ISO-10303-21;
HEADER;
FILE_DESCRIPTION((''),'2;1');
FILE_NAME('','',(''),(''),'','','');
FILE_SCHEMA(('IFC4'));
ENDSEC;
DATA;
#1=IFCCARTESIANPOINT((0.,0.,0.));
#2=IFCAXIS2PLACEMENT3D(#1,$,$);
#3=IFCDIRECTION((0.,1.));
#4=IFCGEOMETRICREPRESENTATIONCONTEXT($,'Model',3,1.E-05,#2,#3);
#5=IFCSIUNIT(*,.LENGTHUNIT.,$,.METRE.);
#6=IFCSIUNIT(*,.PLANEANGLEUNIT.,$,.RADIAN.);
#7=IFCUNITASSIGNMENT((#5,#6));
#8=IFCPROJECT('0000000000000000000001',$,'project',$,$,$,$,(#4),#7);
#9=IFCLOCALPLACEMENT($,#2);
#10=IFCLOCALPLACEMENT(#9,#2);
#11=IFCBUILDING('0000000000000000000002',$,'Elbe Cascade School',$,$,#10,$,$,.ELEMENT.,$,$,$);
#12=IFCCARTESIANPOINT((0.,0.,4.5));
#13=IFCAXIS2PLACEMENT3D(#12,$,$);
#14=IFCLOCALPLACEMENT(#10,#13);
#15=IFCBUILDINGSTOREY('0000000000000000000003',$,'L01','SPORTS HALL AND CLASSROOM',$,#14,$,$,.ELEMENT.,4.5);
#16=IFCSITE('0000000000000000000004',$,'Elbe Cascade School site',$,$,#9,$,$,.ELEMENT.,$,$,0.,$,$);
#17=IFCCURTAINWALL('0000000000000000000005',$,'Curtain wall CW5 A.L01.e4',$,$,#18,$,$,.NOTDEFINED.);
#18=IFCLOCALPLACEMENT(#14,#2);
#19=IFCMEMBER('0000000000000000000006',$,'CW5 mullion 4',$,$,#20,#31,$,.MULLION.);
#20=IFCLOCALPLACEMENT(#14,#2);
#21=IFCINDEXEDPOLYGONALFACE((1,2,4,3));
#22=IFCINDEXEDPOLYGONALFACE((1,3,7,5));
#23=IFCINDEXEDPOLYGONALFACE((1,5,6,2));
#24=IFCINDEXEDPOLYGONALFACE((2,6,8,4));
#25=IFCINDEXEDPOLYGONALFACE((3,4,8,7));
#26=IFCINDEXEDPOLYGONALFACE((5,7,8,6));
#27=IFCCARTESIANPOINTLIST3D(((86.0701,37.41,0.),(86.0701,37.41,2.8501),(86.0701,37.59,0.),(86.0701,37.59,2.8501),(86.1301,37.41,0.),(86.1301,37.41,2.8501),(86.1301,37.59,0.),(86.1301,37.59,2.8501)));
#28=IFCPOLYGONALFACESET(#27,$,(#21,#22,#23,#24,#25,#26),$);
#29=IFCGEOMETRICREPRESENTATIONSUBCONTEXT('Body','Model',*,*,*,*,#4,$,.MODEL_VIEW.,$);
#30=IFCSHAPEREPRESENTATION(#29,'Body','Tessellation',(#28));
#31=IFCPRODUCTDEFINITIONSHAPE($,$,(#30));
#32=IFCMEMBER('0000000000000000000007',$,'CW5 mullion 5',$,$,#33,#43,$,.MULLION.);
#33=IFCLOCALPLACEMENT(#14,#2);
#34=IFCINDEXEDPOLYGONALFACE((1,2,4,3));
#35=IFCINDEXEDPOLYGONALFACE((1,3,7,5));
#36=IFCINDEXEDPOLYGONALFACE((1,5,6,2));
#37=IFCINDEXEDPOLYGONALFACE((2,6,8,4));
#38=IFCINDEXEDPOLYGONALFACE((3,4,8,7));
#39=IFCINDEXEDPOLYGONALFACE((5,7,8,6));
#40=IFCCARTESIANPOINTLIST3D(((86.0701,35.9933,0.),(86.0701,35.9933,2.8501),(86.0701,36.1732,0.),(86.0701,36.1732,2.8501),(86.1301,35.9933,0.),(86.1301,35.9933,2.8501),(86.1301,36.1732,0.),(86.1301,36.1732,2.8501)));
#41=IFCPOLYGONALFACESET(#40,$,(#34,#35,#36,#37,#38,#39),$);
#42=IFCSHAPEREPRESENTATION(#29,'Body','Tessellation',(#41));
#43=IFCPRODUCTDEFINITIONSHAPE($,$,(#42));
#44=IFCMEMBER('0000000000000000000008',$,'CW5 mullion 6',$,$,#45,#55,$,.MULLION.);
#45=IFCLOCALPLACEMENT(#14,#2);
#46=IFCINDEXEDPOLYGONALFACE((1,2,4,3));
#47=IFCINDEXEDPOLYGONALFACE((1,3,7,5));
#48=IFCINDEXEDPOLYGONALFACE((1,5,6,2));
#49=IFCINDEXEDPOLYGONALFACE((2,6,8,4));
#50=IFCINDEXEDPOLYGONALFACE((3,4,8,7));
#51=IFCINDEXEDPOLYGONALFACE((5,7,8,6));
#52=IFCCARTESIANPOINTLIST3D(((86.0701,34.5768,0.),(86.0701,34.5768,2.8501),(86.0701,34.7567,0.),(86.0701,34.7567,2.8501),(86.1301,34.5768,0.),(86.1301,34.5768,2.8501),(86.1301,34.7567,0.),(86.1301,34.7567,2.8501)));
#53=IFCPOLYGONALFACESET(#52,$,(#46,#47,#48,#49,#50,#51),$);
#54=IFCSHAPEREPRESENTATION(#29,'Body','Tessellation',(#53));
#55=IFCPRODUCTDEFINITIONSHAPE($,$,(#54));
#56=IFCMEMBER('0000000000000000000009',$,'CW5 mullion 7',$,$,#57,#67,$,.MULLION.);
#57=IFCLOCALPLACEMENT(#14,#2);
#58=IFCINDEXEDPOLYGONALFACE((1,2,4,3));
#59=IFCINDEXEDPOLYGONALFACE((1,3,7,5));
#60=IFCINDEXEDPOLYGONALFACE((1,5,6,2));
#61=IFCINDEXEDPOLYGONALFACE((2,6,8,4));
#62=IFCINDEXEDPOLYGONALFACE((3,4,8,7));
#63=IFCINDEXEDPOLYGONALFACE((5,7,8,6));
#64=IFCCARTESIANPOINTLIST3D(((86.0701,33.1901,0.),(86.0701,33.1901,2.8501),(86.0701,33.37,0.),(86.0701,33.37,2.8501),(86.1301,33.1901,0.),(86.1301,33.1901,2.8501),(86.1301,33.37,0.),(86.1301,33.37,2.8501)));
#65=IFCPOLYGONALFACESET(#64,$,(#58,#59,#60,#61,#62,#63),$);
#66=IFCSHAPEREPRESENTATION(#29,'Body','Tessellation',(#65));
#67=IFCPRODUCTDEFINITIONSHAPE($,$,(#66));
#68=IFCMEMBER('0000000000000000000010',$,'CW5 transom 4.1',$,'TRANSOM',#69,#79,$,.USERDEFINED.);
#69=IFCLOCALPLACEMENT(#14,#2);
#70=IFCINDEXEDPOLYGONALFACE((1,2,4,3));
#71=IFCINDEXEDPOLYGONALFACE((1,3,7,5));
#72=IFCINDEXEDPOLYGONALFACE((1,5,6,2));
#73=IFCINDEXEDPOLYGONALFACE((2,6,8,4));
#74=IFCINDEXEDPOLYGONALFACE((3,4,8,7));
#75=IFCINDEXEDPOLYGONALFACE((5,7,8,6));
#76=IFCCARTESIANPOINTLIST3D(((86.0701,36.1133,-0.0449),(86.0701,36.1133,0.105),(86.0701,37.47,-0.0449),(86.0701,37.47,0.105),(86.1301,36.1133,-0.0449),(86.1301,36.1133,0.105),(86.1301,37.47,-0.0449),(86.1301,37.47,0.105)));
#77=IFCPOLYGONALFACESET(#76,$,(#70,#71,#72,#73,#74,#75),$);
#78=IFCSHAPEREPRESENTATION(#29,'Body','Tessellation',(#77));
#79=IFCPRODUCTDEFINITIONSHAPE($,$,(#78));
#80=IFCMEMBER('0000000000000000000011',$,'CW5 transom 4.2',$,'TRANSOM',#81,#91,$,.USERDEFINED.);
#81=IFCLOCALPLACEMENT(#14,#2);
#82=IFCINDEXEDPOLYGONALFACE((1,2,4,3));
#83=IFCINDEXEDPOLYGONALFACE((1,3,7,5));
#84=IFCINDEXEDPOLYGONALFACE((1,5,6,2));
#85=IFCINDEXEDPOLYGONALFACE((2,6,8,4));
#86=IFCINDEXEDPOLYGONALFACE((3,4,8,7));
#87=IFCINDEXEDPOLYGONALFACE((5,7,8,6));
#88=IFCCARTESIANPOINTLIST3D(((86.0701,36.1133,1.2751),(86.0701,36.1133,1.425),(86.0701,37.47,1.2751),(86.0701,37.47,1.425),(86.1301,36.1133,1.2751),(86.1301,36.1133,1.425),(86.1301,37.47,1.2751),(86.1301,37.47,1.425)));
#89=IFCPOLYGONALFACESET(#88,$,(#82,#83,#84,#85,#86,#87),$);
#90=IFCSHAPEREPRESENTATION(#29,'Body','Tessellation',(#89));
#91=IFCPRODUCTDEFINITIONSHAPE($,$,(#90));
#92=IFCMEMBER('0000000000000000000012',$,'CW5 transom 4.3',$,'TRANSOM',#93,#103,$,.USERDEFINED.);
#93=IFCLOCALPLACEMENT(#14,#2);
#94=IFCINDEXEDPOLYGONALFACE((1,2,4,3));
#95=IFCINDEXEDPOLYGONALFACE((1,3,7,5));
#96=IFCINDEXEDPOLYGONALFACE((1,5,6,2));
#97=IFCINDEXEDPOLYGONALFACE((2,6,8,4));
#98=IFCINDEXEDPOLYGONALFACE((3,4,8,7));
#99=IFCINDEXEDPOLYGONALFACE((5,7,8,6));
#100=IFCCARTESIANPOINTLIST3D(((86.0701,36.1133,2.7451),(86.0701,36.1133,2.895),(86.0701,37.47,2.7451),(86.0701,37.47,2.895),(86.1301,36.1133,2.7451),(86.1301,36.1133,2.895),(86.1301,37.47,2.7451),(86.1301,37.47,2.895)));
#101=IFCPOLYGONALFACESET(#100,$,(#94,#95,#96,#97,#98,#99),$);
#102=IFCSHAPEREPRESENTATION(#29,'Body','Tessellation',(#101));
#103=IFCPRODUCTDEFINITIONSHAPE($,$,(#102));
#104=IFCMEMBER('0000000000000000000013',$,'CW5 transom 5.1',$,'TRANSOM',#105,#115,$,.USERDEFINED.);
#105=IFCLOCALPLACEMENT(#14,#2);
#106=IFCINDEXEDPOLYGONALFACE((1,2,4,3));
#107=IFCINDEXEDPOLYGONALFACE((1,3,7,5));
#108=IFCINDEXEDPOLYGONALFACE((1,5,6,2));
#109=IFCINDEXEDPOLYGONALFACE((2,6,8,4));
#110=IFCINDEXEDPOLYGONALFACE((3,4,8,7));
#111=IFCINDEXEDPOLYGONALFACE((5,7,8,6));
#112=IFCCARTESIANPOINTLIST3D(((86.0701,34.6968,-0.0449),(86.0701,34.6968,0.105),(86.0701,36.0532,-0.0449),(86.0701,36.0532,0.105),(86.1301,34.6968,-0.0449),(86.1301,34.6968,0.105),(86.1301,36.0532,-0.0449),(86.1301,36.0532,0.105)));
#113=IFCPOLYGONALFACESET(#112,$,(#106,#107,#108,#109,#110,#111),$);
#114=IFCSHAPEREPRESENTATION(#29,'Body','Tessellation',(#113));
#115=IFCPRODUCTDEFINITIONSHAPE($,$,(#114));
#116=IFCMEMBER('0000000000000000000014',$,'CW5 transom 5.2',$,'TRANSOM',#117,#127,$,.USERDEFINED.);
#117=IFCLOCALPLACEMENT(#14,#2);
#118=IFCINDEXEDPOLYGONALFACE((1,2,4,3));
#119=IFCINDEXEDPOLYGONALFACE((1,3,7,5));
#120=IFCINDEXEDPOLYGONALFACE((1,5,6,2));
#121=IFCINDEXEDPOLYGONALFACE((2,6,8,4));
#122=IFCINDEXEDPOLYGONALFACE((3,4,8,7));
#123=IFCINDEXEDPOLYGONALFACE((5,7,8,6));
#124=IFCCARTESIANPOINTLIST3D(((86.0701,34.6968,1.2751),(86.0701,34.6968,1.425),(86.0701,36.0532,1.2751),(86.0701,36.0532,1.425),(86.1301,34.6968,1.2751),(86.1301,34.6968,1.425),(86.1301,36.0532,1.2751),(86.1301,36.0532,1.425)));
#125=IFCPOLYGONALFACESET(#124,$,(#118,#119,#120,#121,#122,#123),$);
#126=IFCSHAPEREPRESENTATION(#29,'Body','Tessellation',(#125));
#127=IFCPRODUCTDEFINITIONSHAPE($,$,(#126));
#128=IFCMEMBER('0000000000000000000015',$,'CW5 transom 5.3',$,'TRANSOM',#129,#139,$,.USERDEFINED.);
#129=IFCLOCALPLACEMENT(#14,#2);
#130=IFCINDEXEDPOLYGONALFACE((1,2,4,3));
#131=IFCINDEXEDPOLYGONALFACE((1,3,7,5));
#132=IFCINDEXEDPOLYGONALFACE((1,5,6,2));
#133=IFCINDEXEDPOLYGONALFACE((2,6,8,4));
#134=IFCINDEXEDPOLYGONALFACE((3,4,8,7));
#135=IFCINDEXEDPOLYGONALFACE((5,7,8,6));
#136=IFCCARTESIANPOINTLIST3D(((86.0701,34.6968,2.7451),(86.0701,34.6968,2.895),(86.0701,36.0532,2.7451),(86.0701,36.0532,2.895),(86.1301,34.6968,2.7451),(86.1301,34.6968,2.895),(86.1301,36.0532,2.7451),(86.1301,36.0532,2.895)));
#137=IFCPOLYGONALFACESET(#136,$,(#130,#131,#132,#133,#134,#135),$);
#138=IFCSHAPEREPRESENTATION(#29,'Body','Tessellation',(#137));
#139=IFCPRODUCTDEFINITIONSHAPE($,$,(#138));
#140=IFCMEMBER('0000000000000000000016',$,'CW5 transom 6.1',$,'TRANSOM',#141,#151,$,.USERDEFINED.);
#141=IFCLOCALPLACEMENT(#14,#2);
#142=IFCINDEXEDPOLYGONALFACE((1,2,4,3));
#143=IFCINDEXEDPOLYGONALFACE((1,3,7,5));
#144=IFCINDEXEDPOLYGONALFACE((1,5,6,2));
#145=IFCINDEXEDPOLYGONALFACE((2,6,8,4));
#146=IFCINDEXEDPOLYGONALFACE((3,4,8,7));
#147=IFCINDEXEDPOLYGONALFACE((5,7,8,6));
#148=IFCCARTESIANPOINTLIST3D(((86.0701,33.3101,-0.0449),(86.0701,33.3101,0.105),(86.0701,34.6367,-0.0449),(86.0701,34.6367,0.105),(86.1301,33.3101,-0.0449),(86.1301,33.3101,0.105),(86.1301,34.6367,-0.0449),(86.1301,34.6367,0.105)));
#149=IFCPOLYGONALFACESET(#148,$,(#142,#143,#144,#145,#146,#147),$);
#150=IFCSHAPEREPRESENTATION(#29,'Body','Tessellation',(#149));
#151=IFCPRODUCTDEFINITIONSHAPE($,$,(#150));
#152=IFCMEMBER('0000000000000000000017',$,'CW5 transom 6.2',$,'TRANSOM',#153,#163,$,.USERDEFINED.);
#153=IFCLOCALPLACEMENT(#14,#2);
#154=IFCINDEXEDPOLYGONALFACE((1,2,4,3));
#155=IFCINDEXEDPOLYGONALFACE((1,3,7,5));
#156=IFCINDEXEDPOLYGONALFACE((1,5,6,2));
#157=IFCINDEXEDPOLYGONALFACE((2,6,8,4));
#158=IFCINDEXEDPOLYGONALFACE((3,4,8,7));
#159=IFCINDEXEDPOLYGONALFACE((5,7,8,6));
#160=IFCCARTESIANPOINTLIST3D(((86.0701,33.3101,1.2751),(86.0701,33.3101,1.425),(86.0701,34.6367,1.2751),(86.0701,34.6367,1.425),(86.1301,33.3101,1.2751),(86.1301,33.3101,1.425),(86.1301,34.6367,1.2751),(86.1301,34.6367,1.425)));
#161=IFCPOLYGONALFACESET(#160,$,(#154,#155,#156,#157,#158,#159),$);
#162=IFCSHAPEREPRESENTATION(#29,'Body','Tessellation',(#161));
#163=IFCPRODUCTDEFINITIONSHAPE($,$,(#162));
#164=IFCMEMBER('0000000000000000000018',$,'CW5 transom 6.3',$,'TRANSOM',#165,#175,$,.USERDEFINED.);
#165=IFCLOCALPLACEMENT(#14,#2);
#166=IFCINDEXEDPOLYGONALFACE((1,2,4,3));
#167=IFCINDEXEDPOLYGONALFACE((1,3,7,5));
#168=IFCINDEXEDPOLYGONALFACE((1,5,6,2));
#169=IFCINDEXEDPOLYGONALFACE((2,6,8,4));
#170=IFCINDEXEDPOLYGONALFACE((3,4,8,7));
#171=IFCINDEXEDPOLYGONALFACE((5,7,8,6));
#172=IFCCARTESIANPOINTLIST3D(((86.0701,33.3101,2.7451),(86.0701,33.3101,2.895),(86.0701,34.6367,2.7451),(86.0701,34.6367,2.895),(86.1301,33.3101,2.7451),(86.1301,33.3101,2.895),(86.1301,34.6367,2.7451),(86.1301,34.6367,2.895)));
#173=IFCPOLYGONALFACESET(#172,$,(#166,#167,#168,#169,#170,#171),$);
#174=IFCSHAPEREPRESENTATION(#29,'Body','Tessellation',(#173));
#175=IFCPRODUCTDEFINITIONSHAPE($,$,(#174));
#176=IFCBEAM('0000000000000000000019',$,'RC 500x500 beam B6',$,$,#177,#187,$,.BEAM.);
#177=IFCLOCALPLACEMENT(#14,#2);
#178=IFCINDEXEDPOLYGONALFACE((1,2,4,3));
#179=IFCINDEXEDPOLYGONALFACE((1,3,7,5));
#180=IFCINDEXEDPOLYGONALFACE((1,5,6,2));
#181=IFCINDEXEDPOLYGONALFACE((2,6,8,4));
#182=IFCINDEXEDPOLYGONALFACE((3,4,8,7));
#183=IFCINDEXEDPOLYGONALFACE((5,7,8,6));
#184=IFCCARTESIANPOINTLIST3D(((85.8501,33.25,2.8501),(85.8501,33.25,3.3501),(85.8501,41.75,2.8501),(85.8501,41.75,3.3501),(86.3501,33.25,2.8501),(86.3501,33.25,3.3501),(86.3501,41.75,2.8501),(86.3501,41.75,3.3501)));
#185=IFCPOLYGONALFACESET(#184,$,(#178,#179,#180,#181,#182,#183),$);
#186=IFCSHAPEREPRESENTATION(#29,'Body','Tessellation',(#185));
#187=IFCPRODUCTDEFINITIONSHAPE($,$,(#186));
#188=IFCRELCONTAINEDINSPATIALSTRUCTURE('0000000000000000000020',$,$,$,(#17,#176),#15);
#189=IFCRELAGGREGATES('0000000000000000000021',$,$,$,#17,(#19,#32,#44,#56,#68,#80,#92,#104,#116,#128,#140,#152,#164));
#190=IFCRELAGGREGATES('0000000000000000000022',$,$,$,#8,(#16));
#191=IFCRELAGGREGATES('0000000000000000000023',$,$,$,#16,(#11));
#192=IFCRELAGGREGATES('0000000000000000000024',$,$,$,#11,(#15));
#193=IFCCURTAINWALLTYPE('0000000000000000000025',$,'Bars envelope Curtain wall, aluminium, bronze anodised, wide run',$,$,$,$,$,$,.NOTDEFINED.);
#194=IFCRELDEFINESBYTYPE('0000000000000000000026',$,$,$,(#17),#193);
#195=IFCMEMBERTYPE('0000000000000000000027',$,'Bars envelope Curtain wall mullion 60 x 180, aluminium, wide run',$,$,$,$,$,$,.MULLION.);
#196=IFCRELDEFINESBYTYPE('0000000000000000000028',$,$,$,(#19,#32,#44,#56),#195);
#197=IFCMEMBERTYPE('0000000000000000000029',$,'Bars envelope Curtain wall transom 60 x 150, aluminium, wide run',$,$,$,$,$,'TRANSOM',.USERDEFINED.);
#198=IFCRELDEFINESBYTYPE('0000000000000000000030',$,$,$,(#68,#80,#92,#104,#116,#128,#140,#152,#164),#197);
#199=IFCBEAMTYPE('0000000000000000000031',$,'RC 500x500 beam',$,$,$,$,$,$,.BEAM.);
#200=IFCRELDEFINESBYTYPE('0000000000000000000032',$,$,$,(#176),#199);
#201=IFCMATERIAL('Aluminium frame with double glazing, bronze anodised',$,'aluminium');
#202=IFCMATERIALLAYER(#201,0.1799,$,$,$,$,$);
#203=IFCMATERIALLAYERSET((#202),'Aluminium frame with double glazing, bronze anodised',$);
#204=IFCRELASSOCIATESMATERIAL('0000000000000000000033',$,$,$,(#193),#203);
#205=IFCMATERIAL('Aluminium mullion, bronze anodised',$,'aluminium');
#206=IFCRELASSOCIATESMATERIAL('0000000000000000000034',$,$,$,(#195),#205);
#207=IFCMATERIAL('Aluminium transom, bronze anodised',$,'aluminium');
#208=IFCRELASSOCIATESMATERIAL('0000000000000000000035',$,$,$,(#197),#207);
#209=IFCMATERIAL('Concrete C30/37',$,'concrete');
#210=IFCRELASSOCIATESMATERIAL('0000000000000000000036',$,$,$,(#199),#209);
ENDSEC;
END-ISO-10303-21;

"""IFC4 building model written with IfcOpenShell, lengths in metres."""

from ifc_helpers import new_model, si_unit, direction, frame, origin, origin_2d, place, context, subcontext, project, spatial, rectangle, extrude, material, layer, layer_set, material_profile, profile_set, type_object, element, aggregate, save


model = new_model("IFC4")

# Units and contexts
model_context = context("Model", 3, precision=1e-05, world=origin(), true_north=direction((0.0, 1.0)))
body_context = subcontext(model_context, "Body", "Model", "MODEL_VIEW")
ifc_project = project(units=[si_unit("LENGTHUNIT", "METRE"), si_unit("PLANEANGLEUNIT", "RADIAN")], contexts=[model_context])

# Site, building, storey
site_placement = place(None, origin())
site = spatial("IfcSite", under=ifc_project, at=site_placement, Name="Elbe Cascade School site", CompositionType="ELEMENT", RefElevation=0.0)
building_placement = place(site_placement, origin())
building = spatial("IfcBuilding", under=site, at=building_placement, Name="Elbe Cascade School", CompositionType="ELEMENT")
storey_placement = place(building_placement, frame((0.0, 0.0, 4.5)))
storey = spatial("IfcBuildingStorey", under=building, at=storey_placement, Name="L01", Description="SPORTS HALL AND CLASSROOM", CompositionType="ELEMENT", Elevation=4.5)

# Curtain wall, members
ifc_material_1 = material(Name="Aluminium frame with double glazing, bronze anodised", Category="aluminium")
ifc_layer_1 = layer(ifc_material_1, 0.1799)
ifc_layer_set_1 = layer_set([ifc_layer_1], Name="Aluminium frame with double glazing, bronze anodised")
curtain_wall_type = type_object("IfcCurtainWallType", Name="Bars envelope Curtain wall, aluminium, bronze anodised, wide run", PredefinedType="NOTDEFINED", material=ifc_layer_set_1)
curtain_wall_placement = place(storey_placement, origin())
curtain_wall = element("IfcCurtainWall", 1, at=curtain_wall_placement, inside=storey, type_object=curtain_wall_type, Name="Curtain wall CW5 A.L01.e4", PredefinedType="NOTDEFINED")
ifc_material_2 = material(Name="Aluminium mullion, bronze anodised", Category="aluminium")
ifc_material_profile_1 = material_profile(ifc_material_2, rectangle(XDim=0.0601, YDim=0.1799, at=origin_2d()), Name="Bars envelope Curtain wall mullion 60 x 180, aluminium, wide run")
ifc_profile_set_1 = profile_set([ifc_material_profile_1], Name="Aluminium mullion, bronze anodised")
member_type_1 = type_object("IfcMemberType", Name="Bars envelope Curtain wall mullion 60 x 180, aluminium, wide run", PredefinedType="MULLION", material=ifc_profile_set_1)
member_1_placement = place(storey_placement, frame((86.1001, 37.5, 0.0), z_axis=(0.0, 0.0, 1.0), x_axis=(1.0, 0.0, 0.0)))
member_1 = element("IfcMember", 2, at=member_1_placement, type_object=member_type_1, Name="CW5 mullion 4", PredefinedType="MULLION", context=body_context, shape_type="SweptSolid", body=[
    extrude(rectangle(XDim=0.0601, YDim=0.1799, at=origin_2d()), origin(), (0.0, 0.0, 1.0), 2.8501),
])
member_2_placement = place(storey_placement, frame((86.1001, 36.0833, 0.0), z_axis=(0.0, 0.0, 1.0), x_axis=(1.0, 0.0, 0.0)))
member_2 = element("IfcMember", 3, at=member_2_placement, type_object=member_type_1, Name="CW5 mullion 5", PredefinedType="MULLION", context=body_context, shape_type="SweptSolid", body=[
    extrude(rectangle(XDim=0.0601, YDim=0.1799, at=origin_2d()), origin(), (0.0, 0.0, 1.0), 2.8501),
])
member_3_placement = place(storey_placement, frame((86.1001, 34.6667, 0.0), z_axis=(0.0, 0.0, 1.0), x_axis=(1.0, 0.0, 0.0)))
member_3 = element("IfcMember", 4, at=member_3_placement, type_object=member_type_1, Name="CW5 mullion 6", PredefinedType="MULLION", context=body_context, shape_type="SweptSolid", body=[
    extrude(rectangle(XDim=0.0601, YDim=0.1799, at=origin_2d()), origin(), (0.0, 0.0, 1.0), 2.8501),
])
member_4_placement = place(storey_placement, frame((86.1001, 33.28, 0.0), z_axis=(0.0, 0.0, 1.0), x_axis=(1.0, 0.0, 0.0)))
member_4 = element("IfcMember", 5, at=member_4_placement, type_object=member_type_1, Name="CW5 mullion 7", PredefinedType="MULLION", context=body_context, shape_type="SweptSolid", body=[
    extrude(rectangle(XDim=0.0601, YDim=0.1799, at=origin_2d()), origin(), (0.0, 0.0, 1.0), 2.8501),
])
ifc_material_3 = material(Name="Aluminium transom, bronze anodised", Category="aluminium")
ifc_material_profile_2 = material_profile(ifc_material_3, rectangle(XDim=0.0601, YDim=0.1499, at=origin_2d()), Name="Bars envelope Curtain wall transom 60 x 150, aluminium, wide run")
ifc_profile_set_2 = profile_set([ifc_material_profile_2], Name="Aluminium transom, bronze anodised")
member_type_2 = type_object("IfcMemberType", Name="Bars envelope Curtain wall transom 60 x 150, aluminium, wide run", ElementType="TRANSOM", PredefinedType="USERDEFINED", material=ifc_profile_set_2)
member_5_placement = place(storey_placement, frame((86.1001, 37.47, 0.03), z_axis=(0.0, -1.0, 0.0), x_axis=(1.0, 0.0, 0.0)))
member_5 = element("IfcMember", 6, at=member_5_placement, type_object=member_type_2, Name="CW5 transom 4.1", ObjectType="TRANSOM", PredefinedType="USERDEFINED", context=body_context, shape_type="SweptSolid", body=[
    extrude(rectangle(XDim=0.0601, YDim=0.1499, at=origin_2d()), origin(), (0.0, 0.0, 1.0), 1.3567),
])
member_6_placement = place(storey_placement, frame((86.1001, 37.47, 1.3501), z_axis=(0.0, -1.0, 0.0), x_axis=(1.0, 0.0, 0.0)))
member_6 = element("IfcMember", 7, at=member_6_placement, type_object=member_type_2, Name="CW5 transom 4.2", ObjectType="TRANSOM", PredefinedType="USERDEFINED", context=body_context, shape_type="SweptSolid", body=[
    extrude(rectangle(XDim=0.0601, YDim=0.1499, at=origin_2d()), origin(), (0.0, 0.0, 1.0), 1.3567),
])
member_7_placement = place(storey_placement, frame((86.1001, 37.47, 2.8201), z_axis=(0.0, -1.0, 0.0), x_axis=(1.0, 0.0, 0.0)))
member_7 = element("IfcMember", 8, at=member_7_placement, type_object=member_type_2, Name="CW5 transom 4.3", ObjectType="TRANSOM", PredefinedType="USERDEFINED", context=body_context, shape_type="SweptSolid", body=[
    extrude(rectangle(XDim=0.0601, YDim=0.1499, at=origin_2d()), origin(), (0.0, 0.0, 1.0), 1.3567),
])
member_8_placement = place(storey_placement, frame((86.1001, 36.0532, 0.03), z_axis=(0.0, -1.0, 0.0), x_axis=(1.0, 0.0, 0.0)))
member_8 = element("IfcMember", 9, at=member_8_placement, type_object=member_type_2, Name="CW5 transom 5.1", ObjectType="TRANSOM", PredefinedType="USERDEFINED", context=body_context, shape_type="SweptSolid", body=[
    extrude(rectangle(XDim=0.0601, YDim=0.1499, at=origin_2d()), origin(), (0.0, 0.0, 1.0), 1.3564),
])
member_9_placement = place(storey_placement, frame((86.1001, 36.0532, 1.3501), z_axis=(0.0, -1.0, 0.0), x_axis=(1.0, 0.0, 0.0)))
member_9 = element("IfcMember", 10, at=member_9_placement, type_object=member_type_2, Name="CW5 transom 5.2", ObjectType="TRANSOM", PredefinedType="USERDEFINED", context=body_context, shape_type="SweptSolid", body=[
    extrude(rectangle(XDim=0.0601, YDim=0.1499, at=origin_2d()), origin(), (0.0, 0.0, 1.0), 1.3564),
])
member_10_placement = place(storey_placement, frame((86.1001, 36.0532, 2.8201), z_axis=(0.0, -1.0, 0.0), x_axis=(1.0, 0.0, 0.0)))
member_10 = element("IfcMember", 11, at=member_10_placement, type_object=member_type_2, Name="CW5 transom 5.3", ObjectType="TRANSOM", PredefinedType="USERDEFINED", context=body_context, shape_type="SweptSolid", body=[
    extrude(rectangle(XDim=0.0601, YDim=0.1499, at=origin_2d()), origin(), (0.0, 0.0, 1.0), 1.3564),
])
member_11_placement = place(storey_placement, frame((86.1001, 34.6367, 0.03), z_axis=(0.0, -1.0, 0.0), x_axis=(1.0, 0.0, 0.0)))
member_11 = element("IfcMember", 12, at=member_11_placement, type_object=member_type_2, Name="CW5 transom 6.1", ObjectType="TRANSOM", PredefinedType="USERDEFINED", context=body_context, shape_type="SweptSolid", body=[
    extrude(rectangle(XDim=0.0601, YDim=0.1499, at=origin_2d()), origin(), (0.0, 0.0, 1.0), 1.3267),
])
member_12_placement = place(storey_placement, frame((86.1001, 34.6367, 1.3501), z_axis=(0.0, -1.0, 0.0), x_axis=(1.0, 0.0, 0.0)))
member_12 = element("IfcMember", 13, at=member_12_placement, type_object=member_type_2, Name="CW5 transom 6.2", ObjectType="TRANSOM", PredefinedType="USERDEFINED", context=body_context, shape_type="SweptSolid", body=[
    extrude(rectangle(XDim=0.0601, YDim=0.1499, at=origin_2d()), origin(), (0.0, 0.0, 1.0), 1.3267),
])
member_13_placement = place(storey_placement, frame((86.1001, 34.6367, 2.8201), z_axis=(0.0, -1.0, 0.0), x_axis=(1.0, 0.0, 0.0)))
member_13 = element("IfcMember", 14, at=member_13_placement, type_object=member_type_2, Name="CW5 transom 6.3", ObjectType="TRANSOM", PredefinedType="USERDEFINED", context=body_context, shape_type="SweptSolid", body=[
    extrude(rectangle(XDim=0.0601, YDim=0.1499, at=origin_2d()), origin(), (0.0, 0.0, 1.0), 1.3267),
])

# Beam
ifc_material_4 = material(Name="Concrete C30/37", Category="concrete")
ifc_material_profile_3 = material_profile(ifc_material_4, rectangle(XDim=0.5, YDim=0.5, at=origin_2d()), Name="RC 500x500")
ifc_profile_set_3 = profile_set([ifc_material_profile_3], Name="Concrete C30/37")
beam_type = type_object("IfcBeamType", Name="RC 500x500 beam", PredefinedType="BEAM", material=ifc_profile_set_3)
beam_placement = place(storey_placement, frame((86.1001, 33.25, 3.1001), z_axis=(0.0, 1.0, 0.0), x_axis=(-1.0, 0.0, 0.0)))
element("IfcBeam", 15, at=beam_placement, inside=storey, type_object=beam_type, Name="RC 500x500 beam B6", PredefinedType="BEAM", context=body_context, shape_type="SweptSolid", body=[
    extrude(rectangle(XDim=0.5, YDim=0.5, at=origin_2d()), origin(), (0.0, 0.0, 1.0), 8.5),
])

aggregate(curtain_wall, [member_1, member_2, member_3, member_4, member_5, member_6, member_7, member_8, member_9, member_10, member_11, member_12, member_13])

save(model, "model.ifc")
